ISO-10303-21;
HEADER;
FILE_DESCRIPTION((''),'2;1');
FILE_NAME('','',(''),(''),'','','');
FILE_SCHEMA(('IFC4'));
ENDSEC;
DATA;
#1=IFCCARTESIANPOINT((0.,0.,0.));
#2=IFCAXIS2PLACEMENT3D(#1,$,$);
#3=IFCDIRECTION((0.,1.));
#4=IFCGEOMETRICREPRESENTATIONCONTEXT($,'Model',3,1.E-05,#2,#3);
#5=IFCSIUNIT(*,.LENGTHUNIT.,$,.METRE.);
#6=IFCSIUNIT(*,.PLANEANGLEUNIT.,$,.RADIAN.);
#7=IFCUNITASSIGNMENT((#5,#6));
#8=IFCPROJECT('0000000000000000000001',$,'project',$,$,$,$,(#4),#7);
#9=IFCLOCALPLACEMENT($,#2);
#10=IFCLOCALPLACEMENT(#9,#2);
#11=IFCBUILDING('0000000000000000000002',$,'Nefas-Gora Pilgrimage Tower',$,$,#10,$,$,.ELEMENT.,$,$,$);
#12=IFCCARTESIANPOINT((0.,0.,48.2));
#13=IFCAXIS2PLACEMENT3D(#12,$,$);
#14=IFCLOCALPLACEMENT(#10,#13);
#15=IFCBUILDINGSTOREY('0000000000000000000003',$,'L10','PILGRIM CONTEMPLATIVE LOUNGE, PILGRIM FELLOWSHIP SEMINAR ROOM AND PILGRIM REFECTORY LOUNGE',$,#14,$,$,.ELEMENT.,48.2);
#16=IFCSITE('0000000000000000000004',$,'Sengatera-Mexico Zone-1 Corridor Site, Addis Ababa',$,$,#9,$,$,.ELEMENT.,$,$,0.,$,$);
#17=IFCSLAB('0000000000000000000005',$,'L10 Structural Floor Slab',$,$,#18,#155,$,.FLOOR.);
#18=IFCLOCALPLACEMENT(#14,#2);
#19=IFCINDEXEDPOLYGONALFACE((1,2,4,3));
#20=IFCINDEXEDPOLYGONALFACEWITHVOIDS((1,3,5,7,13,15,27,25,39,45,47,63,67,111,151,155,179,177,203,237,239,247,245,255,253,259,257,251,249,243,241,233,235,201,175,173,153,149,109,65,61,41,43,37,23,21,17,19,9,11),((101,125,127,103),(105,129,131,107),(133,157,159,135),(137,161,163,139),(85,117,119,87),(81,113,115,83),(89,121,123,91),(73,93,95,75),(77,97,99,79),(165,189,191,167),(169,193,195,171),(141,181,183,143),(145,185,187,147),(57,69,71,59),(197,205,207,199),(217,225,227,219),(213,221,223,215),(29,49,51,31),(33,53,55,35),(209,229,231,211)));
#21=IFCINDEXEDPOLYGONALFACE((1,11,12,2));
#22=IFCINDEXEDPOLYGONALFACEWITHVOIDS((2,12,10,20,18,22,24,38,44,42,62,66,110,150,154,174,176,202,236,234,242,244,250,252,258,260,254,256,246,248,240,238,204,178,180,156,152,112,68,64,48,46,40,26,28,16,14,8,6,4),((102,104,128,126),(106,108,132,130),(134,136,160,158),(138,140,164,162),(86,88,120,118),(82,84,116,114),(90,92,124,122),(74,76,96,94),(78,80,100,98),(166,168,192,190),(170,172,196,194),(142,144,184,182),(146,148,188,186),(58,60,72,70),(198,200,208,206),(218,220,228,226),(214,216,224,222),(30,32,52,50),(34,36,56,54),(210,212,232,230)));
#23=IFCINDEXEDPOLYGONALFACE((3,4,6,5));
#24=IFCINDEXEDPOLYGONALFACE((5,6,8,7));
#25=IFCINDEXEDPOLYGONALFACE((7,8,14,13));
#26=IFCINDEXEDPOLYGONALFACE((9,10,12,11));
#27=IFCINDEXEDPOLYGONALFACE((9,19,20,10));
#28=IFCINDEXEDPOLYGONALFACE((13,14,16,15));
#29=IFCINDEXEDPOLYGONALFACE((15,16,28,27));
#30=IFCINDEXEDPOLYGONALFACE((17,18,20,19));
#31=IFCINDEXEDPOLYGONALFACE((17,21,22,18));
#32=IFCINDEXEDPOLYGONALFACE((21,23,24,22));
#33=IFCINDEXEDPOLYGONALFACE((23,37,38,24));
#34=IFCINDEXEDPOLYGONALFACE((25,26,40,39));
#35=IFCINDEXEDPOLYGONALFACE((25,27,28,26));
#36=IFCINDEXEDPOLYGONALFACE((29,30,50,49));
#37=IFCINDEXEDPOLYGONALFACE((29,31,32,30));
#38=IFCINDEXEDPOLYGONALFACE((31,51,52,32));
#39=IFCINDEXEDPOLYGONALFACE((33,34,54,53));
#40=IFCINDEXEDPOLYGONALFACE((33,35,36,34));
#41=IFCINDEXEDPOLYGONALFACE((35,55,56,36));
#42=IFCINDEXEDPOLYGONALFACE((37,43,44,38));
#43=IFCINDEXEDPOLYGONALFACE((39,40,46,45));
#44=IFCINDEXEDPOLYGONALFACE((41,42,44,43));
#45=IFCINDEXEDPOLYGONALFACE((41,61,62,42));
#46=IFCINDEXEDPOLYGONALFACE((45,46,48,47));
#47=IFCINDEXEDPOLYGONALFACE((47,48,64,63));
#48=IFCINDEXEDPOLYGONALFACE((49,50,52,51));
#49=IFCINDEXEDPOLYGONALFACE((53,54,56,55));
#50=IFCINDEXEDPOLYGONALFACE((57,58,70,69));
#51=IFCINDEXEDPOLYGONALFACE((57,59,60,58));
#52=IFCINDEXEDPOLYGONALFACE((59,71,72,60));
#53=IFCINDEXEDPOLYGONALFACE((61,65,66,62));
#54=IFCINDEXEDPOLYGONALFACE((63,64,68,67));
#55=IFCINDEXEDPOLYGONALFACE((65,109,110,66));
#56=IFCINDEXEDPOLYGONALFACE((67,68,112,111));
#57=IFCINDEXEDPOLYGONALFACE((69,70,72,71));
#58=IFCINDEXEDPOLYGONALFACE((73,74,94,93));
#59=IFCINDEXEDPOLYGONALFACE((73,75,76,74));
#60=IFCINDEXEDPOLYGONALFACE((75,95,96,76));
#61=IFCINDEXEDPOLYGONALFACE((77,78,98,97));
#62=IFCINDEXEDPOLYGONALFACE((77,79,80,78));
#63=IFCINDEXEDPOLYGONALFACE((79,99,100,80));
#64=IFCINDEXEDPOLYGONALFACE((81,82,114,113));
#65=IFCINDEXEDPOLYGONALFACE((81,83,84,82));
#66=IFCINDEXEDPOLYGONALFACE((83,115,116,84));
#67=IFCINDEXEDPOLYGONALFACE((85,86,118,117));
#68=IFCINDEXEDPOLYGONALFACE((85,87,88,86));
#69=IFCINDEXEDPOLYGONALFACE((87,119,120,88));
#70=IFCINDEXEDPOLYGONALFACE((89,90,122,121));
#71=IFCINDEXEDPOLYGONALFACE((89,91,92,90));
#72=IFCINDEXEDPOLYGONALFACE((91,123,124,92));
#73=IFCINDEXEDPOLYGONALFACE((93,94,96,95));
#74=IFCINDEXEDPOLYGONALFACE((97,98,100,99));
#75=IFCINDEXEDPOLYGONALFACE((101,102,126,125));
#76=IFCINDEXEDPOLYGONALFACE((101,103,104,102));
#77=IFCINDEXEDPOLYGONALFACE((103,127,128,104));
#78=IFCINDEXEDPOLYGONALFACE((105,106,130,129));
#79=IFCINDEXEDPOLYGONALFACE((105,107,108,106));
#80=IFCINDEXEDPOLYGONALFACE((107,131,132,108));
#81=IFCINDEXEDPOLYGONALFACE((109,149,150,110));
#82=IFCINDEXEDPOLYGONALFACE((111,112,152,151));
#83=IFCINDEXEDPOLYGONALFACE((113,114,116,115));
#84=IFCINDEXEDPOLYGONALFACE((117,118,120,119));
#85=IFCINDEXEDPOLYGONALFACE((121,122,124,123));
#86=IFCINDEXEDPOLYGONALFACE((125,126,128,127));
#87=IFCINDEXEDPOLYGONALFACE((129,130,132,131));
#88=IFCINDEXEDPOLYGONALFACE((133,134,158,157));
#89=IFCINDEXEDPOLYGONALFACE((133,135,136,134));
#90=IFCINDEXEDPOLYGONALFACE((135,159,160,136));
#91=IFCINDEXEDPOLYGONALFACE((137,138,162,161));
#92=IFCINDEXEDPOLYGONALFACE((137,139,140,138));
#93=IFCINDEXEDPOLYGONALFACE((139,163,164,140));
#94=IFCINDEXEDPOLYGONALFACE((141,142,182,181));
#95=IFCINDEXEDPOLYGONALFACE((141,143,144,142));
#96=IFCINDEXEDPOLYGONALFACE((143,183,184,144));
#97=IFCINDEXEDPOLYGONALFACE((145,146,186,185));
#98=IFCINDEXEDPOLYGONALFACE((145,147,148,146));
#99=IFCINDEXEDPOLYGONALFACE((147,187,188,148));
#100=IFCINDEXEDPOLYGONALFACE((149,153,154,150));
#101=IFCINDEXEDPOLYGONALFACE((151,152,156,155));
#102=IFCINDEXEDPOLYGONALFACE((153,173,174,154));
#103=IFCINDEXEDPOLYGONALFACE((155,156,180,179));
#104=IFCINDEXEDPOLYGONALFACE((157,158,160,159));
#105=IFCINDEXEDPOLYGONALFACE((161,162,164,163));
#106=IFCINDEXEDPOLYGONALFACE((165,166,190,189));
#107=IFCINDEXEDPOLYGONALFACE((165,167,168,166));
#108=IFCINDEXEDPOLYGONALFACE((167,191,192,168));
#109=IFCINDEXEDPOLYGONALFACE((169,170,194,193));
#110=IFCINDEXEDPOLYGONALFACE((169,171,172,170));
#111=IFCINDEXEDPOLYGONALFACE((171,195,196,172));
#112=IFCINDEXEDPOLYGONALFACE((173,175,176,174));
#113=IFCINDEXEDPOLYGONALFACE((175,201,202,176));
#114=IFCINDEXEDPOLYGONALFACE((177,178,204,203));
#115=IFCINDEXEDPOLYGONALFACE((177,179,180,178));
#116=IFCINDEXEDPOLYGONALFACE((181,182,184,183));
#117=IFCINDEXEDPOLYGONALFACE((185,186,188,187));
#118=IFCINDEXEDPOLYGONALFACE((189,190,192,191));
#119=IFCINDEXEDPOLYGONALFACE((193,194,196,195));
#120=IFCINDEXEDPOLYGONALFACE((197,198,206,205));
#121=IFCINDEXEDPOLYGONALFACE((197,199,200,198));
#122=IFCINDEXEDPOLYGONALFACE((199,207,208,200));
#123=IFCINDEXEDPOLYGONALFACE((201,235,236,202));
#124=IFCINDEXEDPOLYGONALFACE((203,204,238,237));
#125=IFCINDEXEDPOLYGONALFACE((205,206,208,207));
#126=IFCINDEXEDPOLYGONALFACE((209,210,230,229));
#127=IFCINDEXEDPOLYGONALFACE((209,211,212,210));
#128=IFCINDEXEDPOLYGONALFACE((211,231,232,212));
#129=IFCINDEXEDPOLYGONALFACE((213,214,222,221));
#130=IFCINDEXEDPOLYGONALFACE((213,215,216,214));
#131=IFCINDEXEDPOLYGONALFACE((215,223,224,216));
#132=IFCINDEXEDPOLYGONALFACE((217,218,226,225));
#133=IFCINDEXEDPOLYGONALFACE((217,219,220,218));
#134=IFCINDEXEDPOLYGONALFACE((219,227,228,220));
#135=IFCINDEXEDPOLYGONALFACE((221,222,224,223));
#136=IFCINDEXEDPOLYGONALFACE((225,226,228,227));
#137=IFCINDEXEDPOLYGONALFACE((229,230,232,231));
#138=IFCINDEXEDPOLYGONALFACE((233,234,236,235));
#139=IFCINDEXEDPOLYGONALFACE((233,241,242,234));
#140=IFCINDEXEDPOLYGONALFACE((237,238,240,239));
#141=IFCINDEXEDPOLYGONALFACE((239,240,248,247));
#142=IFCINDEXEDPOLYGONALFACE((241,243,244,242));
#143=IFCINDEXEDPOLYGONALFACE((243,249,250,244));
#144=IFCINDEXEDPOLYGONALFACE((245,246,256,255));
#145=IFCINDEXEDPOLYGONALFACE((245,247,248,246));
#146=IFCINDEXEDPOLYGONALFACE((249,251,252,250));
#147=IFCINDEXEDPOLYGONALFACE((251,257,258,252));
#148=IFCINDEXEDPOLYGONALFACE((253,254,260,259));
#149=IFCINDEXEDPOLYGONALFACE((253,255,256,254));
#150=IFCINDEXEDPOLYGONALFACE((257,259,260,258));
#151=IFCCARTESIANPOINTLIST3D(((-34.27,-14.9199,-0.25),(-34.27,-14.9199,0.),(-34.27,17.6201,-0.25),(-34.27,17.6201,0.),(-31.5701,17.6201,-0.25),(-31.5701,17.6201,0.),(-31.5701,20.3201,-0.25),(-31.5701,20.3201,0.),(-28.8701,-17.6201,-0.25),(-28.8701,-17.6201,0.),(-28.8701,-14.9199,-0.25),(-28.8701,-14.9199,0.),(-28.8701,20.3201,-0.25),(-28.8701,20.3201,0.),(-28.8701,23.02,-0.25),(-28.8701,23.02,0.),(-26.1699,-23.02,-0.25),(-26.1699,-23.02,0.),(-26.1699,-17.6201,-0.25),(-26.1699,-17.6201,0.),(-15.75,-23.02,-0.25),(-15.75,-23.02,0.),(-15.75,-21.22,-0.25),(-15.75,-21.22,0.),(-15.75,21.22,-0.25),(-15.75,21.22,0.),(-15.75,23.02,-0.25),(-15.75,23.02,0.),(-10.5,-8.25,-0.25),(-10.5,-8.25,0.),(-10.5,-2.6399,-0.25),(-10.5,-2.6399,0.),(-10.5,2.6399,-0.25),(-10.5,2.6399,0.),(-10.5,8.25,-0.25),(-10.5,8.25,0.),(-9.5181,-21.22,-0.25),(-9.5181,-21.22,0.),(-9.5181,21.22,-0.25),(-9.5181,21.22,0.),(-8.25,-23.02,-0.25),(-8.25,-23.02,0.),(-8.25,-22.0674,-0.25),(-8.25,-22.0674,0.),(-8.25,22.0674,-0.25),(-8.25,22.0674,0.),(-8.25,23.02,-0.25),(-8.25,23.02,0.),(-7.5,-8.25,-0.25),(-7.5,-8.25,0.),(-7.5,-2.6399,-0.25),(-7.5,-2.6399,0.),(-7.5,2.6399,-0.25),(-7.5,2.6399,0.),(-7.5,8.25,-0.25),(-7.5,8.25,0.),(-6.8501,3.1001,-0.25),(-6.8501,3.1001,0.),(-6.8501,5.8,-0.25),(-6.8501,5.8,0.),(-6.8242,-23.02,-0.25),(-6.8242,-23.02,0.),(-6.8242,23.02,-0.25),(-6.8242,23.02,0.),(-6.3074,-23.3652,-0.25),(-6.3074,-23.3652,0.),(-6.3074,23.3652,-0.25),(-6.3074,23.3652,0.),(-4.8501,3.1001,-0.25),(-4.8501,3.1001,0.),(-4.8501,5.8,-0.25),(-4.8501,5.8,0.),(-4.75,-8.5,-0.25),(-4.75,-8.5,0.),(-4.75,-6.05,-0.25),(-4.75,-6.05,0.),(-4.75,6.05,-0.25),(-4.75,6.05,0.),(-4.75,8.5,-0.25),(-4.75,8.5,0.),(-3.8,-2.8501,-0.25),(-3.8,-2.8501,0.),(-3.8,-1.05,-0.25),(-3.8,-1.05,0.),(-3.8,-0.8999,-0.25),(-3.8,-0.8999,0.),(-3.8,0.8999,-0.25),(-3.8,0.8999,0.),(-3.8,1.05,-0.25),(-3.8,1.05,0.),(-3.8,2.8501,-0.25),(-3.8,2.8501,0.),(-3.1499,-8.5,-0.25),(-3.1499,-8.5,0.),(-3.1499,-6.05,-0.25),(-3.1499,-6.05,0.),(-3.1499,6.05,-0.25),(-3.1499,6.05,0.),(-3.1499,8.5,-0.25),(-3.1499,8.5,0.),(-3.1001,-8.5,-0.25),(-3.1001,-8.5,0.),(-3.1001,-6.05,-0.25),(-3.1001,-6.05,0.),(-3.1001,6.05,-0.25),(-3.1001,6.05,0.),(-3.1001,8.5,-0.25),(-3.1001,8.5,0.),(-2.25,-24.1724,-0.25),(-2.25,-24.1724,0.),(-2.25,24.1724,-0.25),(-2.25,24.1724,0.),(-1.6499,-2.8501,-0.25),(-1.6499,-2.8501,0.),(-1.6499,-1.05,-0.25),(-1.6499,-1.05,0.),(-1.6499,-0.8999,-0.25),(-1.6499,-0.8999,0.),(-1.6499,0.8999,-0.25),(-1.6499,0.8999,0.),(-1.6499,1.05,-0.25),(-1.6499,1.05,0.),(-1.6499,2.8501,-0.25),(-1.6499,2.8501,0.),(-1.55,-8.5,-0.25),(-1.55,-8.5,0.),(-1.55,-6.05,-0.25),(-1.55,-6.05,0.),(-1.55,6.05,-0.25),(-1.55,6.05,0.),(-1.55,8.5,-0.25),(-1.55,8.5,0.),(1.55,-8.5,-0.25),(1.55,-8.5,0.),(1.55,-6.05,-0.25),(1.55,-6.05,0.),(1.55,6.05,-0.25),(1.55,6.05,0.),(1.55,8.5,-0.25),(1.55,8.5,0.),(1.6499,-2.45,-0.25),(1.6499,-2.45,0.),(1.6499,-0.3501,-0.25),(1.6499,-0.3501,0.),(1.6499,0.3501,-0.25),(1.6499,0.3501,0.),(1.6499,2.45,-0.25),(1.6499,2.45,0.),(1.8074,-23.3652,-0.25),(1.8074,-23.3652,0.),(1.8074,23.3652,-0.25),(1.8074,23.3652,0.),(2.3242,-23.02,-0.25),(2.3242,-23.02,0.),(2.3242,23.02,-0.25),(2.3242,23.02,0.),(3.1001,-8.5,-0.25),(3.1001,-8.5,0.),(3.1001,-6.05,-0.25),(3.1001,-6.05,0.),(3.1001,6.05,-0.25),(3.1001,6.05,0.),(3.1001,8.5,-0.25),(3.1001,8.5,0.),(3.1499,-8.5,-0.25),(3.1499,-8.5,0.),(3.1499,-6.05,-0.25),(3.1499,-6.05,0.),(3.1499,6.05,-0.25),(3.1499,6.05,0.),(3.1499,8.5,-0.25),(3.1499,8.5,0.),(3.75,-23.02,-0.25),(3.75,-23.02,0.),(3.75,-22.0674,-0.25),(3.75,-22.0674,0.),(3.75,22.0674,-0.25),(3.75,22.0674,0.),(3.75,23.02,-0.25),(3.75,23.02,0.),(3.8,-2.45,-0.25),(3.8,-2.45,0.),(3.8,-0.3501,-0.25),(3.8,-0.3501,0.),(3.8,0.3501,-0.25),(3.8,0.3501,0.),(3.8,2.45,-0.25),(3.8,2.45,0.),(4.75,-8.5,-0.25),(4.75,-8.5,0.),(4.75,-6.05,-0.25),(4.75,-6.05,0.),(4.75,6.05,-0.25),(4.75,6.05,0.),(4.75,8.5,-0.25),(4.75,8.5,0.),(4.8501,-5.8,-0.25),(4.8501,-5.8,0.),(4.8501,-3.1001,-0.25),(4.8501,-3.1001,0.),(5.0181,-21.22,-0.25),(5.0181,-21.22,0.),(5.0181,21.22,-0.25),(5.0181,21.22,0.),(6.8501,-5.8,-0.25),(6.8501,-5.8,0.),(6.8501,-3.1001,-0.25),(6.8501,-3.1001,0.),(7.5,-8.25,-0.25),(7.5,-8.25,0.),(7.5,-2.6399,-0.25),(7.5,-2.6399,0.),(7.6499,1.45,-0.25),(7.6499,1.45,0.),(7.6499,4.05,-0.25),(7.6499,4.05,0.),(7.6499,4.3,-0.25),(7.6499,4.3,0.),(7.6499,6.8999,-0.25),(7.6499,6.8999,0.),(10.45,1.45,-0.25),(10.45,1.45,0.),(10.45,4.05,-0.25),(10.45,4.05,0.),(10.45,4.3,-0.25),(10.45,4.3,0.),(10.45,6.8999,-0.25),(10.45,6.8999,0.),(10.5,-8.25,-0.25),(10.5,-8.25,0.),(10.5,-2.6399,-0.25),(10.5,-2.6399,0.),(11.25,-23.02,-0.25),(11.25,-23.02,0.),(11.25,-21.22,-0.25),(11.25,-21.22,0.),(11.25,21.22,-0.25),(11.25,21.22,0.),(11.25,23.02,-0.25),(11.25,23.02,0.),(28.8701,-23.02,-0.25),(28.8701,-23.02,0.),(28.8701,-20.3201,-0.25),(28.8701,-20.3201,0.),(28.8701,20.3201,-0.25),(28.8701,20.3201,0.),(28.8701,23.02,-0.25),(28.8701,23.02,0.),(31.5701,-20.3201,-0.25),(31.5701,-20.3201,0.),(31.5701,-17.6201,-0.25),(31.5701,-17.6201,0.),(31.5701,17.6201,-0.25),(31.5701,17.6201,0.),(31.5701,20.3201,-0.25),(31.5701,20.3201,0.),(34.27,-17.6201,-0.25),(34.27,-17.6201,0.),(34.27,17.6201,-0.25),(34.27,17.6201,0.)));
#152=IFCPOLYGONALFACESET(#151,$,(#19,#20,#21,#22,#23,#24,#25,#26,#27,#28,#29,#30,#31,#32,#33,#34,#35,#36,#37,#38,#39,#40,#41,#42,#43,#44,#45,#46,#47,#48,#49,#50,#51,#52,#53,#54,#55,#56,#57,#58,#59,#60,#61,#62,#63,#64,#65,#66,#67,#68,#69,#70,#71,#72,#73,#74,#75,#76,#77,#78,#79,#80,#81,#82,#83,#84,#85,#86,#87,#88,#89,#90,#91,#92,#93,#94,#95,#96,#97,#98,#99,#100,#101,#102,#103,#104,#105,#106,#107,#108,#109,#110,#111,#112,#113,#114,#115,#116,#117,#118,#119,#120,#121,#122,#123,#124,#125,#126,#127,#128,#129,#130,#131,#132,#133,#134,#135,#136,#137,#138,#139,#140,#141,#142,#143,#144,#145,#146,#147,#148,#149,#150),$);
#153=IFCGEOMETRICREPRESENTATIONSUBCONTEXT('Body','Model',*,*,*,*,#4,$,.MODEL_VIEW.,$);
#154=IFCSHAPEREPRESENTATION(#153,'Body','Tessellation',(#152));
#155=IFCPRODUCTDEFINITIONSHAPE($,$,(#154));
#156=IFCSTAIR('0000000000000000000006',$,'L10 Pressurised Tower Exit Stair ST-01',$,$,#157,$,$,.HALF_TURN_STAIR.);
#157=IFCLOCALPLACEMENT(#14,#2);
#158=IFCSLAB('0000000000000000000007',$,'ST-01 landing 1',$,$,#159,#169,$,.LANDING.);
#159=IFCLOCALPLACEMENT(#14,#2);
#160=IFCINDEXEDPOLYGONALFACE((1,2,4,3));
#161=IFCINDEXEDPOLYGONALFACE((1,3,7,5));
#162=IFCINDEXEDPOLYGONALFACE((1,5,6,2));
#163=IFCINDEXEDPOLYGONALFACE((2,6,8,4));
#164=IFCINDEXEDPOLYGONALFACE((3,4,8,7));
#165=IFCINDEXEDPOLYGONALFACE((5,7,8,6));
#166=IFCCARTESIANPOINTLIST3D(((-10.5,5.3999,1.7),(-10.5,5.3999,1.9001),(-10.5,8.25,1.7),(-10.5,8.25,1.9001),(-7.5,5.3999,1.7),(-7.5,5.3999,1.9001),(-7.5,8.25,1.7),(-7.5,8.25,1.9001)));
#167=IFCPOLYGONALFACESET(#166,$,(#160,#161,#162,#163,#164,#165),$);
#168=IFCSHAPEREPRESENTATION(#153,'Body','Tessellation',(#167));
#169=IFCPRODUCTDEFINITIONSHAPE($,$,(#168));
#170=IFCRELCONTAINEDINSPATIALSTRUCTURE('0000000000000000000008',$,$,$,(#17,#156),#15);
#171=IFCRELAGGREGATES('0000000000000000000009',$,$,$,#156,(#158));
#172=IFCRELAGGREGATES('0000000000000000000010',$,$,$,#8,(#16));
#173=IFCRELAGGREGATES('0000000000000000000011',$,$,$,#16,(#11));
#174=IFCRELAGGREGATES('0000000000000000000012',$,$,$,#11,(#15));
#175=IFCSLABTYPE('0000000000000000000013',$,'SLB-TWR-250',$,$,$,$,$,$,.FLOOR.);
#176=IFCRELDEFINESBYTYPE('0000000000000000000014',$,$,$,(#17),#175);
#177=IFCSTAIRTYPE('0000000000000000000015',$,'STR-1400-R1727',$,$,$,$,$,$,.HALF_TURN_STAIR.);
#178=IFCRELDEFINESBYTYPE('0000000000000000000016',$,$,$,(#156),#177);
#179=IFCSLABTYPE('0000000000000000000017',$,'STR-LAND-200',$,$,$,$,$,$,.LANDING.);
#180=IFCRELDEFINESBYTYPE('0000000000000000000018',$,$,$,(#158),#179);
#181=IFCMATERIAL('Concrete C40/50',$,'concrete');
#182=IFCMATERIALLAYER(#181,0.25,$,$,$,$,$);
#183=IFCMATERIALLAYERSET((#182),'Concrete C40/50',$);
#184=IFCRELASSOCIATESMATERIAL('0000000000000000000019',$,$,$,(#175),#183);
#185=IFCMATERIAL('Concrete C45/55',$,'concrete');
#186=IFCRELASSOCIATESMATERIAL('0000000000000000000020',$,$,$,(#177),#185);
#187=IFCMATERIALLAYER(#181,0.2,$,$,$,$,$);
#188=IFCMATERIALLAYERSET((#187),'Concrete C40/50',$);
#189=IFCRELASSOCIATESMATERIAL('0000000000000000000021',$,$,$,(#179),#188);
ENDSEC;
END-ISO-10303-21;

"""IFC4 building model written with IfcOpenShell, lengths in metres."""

from ifc_helpers import new_model, si_unit, direction, frame, origin, place, context, subcontext, project, spatial, polyline, outline, extrude, material, layer, layer_set, type_object, element, aggregate, save


model = new_model("IFC4")

# Units and contexts
model_context = context("Model", 3, precision=1e-05, world=origin(), true_north=direction((0.0, 1.0)))
body_context = subcontext(model_context, "Body", "Model", "MODEL_VIEW")
ifc_project = project(units=[si_unit("LENGTHUNIT", "METRE"), si_unit("PLANEANGLEUNIT", "RADIAN")], contexts=[model_context])

# Site, building, storey
site_placement = place(None, origin())
site = spatial("IfcSite", under=ifc_project, at=site_placement, Name="Sengatera-Mexico Zone-1 Corridor Site, Addis Ababa", CompositionType="ELEMENT", RefElevation=0.0)
building_placement = place(site_placement, origin())
building = spatial("IfcBuilding", under=site, at=building_placement, Name="Nefas-Gora Pilgrimage Tower", CompositionType="ELEMENT")
storey_placement = place(building_placement, frame((0.0, 0.0, 48.2)))
storey = spatial("IfcBuildingStorey", under=building, at=storey_placement, Name="L10", Description="PILGRIM CONTEMPLATIVE LOUNGE, PILGRIM FELLOWSHIP SEMINAR ROOM AND PILGRIM REFECTORY LOUNGE", CompositionType="ELEMENT", Elevation=48.2)

# Slab
ifc_material_1 = material(Name="Concrete C40/50", Category="concrete")
ifc_layer_1 = layer(ifc_material_1, 0.25)
ifc_layer_set_1 = layer_set([ifc_layer_1], Name="Concrete C40/50")
slab_type_1 = type_object("IfcSlabType", Name="SLB-TWR-250", PredefinedType="FLOOR", material=ifc_layer_set_1)
slab_1_placement = place(storey_placement, frame((0.0, 0.0, -0.25)))
element("IfcSlab", 1, at=slab_1_placement, inside=storey, type_object=slab_type_1, Name="L10 Structural Floor Slab", PredefinedType="FLOOR", context=body_context, shape_type="SweptSolid", body=[
    extrude(outline(polyline([(5.0181, -21.22), (11.25, -21.22), (11.25, -23.02), (28.8701, -23.02), (28.8701, -20.3201), (31.5701, -20.3201), (31.5701, -17.6201), (34.27, -17.6201), (34.27, 17.6201), (31.5701, 17.6201), (31.5701, 20.3201), (28.8701, 20.3201), (28.8701, 23.02), (11.25, 23.02), (11.25, 21.22), (5.0181, 21.22), (3.75, 22.0674), (3.75, 23.02), (2.3242, 23.02), (1.8074, 23.3652), (-2.25, 24.1724), (-6.3074, 23.3652), (-6.8242, 23.02), (-8.25, 23.02), (-8.25, 22.0674), (-9.5181, 21.22), (-15.75, 21.22), (-15.75, 23.02), (-28.8701, 23.02), (-28.8701, 20.3201), (-31.5701, 20.3201), (-31.5701, 17.6201), (-34.27, 17.6201), (-34.27, -14.9199), (-28.8701, -14.9199), (-28.8701, -17.6201), (-26.1699, -17.6201), (-26.1699, -23.02), (-15.75, -23.02), (-15.75, -21.22), (-9.5181, -21.22), (-8.25, -22.0674), (-8.25, -23.02), (-6.8242, -23.02), (-6.3074, -23.3652), (-2.25, -24.1724), (1.8074, -23.3652), (2.3242, -23.02), (3.75, -23.02), (3.75, -22.0674), (5.0181, -21.22)]), holes=[polyline([(-10.5, 2.6399), (-10.5, 8.25), (-7.5, 8.25), (-7.5, 2.6399), (-10.5, 2.6399)]), polyline([(10.5, -2.6399), (10.5, -8.25), (7.5, -8.25), (7.5, -2.6399), (10.5, -2.6399)]), polyline([(-7.5, -2.6399), (-7.5, -8.25), (-10.5, -8.25), (-10.5, -2.6399), (-7.5, -2.6399)]), polyline([(-6.8501, 5.8), (-4.8501, 5.8), (-4.8501, 3.1001), (-6.8501, 3.1001), (-6.8501, 5.8)]), polyline([(4.8501, -3.1001), (6.8501, -3.1001), (6.8501, -5.8), (4.8501, -5.8), (4.8501, -3.1001)]), polyline([(7.6499, 4.05), (10.45, 4.05), (10.45, 1.45), (7.6499, 1.45), (7.6499, 4.05)]), polyline([(7.6499, 6.8999), (10.45, 6.8999), (10.45, 4.3), (7.6499, 4.3), (7.6499, 6.8999)]), polyline([(-4.75, 8.5), (-3.1499, 8.5), (-3.1499, 6.05), (-4.75, 6.05), (-4.75, 8.5)]), polyline([(-3.1001, 8.5), (-1.55, 8.5), (-1.55, 6.05), (-3.1001, 6.05), (-3.1001, 8.5)]), polyline([(1.55, 8.5), (3.1001, 8.5), (3.1001, 6.05), (1.55, 6.05), (1.55, 8.5)]), polyline([(3.1499, 8.5), (4.75, 8.5), (4.75, 6.05), (3.1499, 6.05), (3.1499, 8.5)]), polyline([(-4.75, -6.05), (-3.1499, -6.05), (-3.1499, -8.5), (-4.75, -8.5), (-4.75, -6.05)]), polyline([(-3.1001, -6.05), (-1.55, -6.05), (-1.55, -8.5), (-3.1001, -8.5), (-3.1001, -6.05)]), polyline([(1.55, -6.05), (3.1001, -6.05), (3.1001, -8.5), (1.55, -8.5), (1.55, -6.05)]), polyline([(3.1499, -6.05), (4.75, -6.05), (4.75, -8.5), (3.1499, -8.5), (3.1499, -6.05)]), polyline([(-3.8, -1.05), (-1.6499, -1.05), (-1.6499, -2.8501), (-3.8, -2.8501), (-3.8, -1.05)]), polyline([(-3.8, 0.8999), (-1.6499, 0.8999), (-1.6499, -0.8999), (-3.8, -0.8999), (-3.8, 0.8999)]), polyline([(-3.8, 2.8501), (-1.6499, 2.8501), (-1.6499, 1.05), (-3.8, 1.05), (-3.8, 2.8501)]), polyline([(1.6499, -0.3501), (3.8, -0.3501), (3.8, -2.45), (1.6499, -2.45), (1.6499, -0.3501)]), polyline([(1.6499, 2.45), (3.8, 2.45), (3.8, 0.3501), (1.6499, 0.3501), (1.6499, 2.45)])]), origin(), (0.0, 0.0, 1.0), 0.25),
])

# Stair, slab
ifc_material_2 = material(Name="Concrete C45/55", Category="concrete")
stair_type = type_object("IfcStairType", Name="STR-1400-R1727", PredefinedType="HALF_TURN_STAIR", material=ifc_material_2)
stair_placement = place(storey_placement, origin())
stair = element("IfcStair", 2, at=stair_placement, inside=storey, type_object=stair_type, Name="L10 Pressurised Tower Exit Stair ST-01", PredefinedType="HALF_TURN_STAIR")
ifc_layer_2 = layer(ifc_material_1, 0.2)
ifc_layer_set_2 = layer_set([ifc_layer_2], Name="Concrete C40/50")
slab_type_2 = type_object("IfcSlabType", Name="STR-LAND-200", PredefinedType="LANDING", material=ifc_layer_set_2)
slab_2_placement = place(storey_placement, frame((0.0, 0.0, 1.7)))
slab_2 = element("IfcSlab", 3, at=slab_2_placement, type_object=slab_type_2, Name="ST-01 landing 1", PredefinedType="LANDING", context=body_context, shape_type="SweptSolid", body=[
    extrude(outline(polyline([(-7.5, 5.3999), (-7.5, 8.25), (-10.5, 8.25), (-10.5, 5.3999), (-7.5, 5.3999)])), origin(), (0.0, 0.0, 1.0), 0.2002),
])
aggregate(stair, [slab_2])

save(model, "model.ifc")
